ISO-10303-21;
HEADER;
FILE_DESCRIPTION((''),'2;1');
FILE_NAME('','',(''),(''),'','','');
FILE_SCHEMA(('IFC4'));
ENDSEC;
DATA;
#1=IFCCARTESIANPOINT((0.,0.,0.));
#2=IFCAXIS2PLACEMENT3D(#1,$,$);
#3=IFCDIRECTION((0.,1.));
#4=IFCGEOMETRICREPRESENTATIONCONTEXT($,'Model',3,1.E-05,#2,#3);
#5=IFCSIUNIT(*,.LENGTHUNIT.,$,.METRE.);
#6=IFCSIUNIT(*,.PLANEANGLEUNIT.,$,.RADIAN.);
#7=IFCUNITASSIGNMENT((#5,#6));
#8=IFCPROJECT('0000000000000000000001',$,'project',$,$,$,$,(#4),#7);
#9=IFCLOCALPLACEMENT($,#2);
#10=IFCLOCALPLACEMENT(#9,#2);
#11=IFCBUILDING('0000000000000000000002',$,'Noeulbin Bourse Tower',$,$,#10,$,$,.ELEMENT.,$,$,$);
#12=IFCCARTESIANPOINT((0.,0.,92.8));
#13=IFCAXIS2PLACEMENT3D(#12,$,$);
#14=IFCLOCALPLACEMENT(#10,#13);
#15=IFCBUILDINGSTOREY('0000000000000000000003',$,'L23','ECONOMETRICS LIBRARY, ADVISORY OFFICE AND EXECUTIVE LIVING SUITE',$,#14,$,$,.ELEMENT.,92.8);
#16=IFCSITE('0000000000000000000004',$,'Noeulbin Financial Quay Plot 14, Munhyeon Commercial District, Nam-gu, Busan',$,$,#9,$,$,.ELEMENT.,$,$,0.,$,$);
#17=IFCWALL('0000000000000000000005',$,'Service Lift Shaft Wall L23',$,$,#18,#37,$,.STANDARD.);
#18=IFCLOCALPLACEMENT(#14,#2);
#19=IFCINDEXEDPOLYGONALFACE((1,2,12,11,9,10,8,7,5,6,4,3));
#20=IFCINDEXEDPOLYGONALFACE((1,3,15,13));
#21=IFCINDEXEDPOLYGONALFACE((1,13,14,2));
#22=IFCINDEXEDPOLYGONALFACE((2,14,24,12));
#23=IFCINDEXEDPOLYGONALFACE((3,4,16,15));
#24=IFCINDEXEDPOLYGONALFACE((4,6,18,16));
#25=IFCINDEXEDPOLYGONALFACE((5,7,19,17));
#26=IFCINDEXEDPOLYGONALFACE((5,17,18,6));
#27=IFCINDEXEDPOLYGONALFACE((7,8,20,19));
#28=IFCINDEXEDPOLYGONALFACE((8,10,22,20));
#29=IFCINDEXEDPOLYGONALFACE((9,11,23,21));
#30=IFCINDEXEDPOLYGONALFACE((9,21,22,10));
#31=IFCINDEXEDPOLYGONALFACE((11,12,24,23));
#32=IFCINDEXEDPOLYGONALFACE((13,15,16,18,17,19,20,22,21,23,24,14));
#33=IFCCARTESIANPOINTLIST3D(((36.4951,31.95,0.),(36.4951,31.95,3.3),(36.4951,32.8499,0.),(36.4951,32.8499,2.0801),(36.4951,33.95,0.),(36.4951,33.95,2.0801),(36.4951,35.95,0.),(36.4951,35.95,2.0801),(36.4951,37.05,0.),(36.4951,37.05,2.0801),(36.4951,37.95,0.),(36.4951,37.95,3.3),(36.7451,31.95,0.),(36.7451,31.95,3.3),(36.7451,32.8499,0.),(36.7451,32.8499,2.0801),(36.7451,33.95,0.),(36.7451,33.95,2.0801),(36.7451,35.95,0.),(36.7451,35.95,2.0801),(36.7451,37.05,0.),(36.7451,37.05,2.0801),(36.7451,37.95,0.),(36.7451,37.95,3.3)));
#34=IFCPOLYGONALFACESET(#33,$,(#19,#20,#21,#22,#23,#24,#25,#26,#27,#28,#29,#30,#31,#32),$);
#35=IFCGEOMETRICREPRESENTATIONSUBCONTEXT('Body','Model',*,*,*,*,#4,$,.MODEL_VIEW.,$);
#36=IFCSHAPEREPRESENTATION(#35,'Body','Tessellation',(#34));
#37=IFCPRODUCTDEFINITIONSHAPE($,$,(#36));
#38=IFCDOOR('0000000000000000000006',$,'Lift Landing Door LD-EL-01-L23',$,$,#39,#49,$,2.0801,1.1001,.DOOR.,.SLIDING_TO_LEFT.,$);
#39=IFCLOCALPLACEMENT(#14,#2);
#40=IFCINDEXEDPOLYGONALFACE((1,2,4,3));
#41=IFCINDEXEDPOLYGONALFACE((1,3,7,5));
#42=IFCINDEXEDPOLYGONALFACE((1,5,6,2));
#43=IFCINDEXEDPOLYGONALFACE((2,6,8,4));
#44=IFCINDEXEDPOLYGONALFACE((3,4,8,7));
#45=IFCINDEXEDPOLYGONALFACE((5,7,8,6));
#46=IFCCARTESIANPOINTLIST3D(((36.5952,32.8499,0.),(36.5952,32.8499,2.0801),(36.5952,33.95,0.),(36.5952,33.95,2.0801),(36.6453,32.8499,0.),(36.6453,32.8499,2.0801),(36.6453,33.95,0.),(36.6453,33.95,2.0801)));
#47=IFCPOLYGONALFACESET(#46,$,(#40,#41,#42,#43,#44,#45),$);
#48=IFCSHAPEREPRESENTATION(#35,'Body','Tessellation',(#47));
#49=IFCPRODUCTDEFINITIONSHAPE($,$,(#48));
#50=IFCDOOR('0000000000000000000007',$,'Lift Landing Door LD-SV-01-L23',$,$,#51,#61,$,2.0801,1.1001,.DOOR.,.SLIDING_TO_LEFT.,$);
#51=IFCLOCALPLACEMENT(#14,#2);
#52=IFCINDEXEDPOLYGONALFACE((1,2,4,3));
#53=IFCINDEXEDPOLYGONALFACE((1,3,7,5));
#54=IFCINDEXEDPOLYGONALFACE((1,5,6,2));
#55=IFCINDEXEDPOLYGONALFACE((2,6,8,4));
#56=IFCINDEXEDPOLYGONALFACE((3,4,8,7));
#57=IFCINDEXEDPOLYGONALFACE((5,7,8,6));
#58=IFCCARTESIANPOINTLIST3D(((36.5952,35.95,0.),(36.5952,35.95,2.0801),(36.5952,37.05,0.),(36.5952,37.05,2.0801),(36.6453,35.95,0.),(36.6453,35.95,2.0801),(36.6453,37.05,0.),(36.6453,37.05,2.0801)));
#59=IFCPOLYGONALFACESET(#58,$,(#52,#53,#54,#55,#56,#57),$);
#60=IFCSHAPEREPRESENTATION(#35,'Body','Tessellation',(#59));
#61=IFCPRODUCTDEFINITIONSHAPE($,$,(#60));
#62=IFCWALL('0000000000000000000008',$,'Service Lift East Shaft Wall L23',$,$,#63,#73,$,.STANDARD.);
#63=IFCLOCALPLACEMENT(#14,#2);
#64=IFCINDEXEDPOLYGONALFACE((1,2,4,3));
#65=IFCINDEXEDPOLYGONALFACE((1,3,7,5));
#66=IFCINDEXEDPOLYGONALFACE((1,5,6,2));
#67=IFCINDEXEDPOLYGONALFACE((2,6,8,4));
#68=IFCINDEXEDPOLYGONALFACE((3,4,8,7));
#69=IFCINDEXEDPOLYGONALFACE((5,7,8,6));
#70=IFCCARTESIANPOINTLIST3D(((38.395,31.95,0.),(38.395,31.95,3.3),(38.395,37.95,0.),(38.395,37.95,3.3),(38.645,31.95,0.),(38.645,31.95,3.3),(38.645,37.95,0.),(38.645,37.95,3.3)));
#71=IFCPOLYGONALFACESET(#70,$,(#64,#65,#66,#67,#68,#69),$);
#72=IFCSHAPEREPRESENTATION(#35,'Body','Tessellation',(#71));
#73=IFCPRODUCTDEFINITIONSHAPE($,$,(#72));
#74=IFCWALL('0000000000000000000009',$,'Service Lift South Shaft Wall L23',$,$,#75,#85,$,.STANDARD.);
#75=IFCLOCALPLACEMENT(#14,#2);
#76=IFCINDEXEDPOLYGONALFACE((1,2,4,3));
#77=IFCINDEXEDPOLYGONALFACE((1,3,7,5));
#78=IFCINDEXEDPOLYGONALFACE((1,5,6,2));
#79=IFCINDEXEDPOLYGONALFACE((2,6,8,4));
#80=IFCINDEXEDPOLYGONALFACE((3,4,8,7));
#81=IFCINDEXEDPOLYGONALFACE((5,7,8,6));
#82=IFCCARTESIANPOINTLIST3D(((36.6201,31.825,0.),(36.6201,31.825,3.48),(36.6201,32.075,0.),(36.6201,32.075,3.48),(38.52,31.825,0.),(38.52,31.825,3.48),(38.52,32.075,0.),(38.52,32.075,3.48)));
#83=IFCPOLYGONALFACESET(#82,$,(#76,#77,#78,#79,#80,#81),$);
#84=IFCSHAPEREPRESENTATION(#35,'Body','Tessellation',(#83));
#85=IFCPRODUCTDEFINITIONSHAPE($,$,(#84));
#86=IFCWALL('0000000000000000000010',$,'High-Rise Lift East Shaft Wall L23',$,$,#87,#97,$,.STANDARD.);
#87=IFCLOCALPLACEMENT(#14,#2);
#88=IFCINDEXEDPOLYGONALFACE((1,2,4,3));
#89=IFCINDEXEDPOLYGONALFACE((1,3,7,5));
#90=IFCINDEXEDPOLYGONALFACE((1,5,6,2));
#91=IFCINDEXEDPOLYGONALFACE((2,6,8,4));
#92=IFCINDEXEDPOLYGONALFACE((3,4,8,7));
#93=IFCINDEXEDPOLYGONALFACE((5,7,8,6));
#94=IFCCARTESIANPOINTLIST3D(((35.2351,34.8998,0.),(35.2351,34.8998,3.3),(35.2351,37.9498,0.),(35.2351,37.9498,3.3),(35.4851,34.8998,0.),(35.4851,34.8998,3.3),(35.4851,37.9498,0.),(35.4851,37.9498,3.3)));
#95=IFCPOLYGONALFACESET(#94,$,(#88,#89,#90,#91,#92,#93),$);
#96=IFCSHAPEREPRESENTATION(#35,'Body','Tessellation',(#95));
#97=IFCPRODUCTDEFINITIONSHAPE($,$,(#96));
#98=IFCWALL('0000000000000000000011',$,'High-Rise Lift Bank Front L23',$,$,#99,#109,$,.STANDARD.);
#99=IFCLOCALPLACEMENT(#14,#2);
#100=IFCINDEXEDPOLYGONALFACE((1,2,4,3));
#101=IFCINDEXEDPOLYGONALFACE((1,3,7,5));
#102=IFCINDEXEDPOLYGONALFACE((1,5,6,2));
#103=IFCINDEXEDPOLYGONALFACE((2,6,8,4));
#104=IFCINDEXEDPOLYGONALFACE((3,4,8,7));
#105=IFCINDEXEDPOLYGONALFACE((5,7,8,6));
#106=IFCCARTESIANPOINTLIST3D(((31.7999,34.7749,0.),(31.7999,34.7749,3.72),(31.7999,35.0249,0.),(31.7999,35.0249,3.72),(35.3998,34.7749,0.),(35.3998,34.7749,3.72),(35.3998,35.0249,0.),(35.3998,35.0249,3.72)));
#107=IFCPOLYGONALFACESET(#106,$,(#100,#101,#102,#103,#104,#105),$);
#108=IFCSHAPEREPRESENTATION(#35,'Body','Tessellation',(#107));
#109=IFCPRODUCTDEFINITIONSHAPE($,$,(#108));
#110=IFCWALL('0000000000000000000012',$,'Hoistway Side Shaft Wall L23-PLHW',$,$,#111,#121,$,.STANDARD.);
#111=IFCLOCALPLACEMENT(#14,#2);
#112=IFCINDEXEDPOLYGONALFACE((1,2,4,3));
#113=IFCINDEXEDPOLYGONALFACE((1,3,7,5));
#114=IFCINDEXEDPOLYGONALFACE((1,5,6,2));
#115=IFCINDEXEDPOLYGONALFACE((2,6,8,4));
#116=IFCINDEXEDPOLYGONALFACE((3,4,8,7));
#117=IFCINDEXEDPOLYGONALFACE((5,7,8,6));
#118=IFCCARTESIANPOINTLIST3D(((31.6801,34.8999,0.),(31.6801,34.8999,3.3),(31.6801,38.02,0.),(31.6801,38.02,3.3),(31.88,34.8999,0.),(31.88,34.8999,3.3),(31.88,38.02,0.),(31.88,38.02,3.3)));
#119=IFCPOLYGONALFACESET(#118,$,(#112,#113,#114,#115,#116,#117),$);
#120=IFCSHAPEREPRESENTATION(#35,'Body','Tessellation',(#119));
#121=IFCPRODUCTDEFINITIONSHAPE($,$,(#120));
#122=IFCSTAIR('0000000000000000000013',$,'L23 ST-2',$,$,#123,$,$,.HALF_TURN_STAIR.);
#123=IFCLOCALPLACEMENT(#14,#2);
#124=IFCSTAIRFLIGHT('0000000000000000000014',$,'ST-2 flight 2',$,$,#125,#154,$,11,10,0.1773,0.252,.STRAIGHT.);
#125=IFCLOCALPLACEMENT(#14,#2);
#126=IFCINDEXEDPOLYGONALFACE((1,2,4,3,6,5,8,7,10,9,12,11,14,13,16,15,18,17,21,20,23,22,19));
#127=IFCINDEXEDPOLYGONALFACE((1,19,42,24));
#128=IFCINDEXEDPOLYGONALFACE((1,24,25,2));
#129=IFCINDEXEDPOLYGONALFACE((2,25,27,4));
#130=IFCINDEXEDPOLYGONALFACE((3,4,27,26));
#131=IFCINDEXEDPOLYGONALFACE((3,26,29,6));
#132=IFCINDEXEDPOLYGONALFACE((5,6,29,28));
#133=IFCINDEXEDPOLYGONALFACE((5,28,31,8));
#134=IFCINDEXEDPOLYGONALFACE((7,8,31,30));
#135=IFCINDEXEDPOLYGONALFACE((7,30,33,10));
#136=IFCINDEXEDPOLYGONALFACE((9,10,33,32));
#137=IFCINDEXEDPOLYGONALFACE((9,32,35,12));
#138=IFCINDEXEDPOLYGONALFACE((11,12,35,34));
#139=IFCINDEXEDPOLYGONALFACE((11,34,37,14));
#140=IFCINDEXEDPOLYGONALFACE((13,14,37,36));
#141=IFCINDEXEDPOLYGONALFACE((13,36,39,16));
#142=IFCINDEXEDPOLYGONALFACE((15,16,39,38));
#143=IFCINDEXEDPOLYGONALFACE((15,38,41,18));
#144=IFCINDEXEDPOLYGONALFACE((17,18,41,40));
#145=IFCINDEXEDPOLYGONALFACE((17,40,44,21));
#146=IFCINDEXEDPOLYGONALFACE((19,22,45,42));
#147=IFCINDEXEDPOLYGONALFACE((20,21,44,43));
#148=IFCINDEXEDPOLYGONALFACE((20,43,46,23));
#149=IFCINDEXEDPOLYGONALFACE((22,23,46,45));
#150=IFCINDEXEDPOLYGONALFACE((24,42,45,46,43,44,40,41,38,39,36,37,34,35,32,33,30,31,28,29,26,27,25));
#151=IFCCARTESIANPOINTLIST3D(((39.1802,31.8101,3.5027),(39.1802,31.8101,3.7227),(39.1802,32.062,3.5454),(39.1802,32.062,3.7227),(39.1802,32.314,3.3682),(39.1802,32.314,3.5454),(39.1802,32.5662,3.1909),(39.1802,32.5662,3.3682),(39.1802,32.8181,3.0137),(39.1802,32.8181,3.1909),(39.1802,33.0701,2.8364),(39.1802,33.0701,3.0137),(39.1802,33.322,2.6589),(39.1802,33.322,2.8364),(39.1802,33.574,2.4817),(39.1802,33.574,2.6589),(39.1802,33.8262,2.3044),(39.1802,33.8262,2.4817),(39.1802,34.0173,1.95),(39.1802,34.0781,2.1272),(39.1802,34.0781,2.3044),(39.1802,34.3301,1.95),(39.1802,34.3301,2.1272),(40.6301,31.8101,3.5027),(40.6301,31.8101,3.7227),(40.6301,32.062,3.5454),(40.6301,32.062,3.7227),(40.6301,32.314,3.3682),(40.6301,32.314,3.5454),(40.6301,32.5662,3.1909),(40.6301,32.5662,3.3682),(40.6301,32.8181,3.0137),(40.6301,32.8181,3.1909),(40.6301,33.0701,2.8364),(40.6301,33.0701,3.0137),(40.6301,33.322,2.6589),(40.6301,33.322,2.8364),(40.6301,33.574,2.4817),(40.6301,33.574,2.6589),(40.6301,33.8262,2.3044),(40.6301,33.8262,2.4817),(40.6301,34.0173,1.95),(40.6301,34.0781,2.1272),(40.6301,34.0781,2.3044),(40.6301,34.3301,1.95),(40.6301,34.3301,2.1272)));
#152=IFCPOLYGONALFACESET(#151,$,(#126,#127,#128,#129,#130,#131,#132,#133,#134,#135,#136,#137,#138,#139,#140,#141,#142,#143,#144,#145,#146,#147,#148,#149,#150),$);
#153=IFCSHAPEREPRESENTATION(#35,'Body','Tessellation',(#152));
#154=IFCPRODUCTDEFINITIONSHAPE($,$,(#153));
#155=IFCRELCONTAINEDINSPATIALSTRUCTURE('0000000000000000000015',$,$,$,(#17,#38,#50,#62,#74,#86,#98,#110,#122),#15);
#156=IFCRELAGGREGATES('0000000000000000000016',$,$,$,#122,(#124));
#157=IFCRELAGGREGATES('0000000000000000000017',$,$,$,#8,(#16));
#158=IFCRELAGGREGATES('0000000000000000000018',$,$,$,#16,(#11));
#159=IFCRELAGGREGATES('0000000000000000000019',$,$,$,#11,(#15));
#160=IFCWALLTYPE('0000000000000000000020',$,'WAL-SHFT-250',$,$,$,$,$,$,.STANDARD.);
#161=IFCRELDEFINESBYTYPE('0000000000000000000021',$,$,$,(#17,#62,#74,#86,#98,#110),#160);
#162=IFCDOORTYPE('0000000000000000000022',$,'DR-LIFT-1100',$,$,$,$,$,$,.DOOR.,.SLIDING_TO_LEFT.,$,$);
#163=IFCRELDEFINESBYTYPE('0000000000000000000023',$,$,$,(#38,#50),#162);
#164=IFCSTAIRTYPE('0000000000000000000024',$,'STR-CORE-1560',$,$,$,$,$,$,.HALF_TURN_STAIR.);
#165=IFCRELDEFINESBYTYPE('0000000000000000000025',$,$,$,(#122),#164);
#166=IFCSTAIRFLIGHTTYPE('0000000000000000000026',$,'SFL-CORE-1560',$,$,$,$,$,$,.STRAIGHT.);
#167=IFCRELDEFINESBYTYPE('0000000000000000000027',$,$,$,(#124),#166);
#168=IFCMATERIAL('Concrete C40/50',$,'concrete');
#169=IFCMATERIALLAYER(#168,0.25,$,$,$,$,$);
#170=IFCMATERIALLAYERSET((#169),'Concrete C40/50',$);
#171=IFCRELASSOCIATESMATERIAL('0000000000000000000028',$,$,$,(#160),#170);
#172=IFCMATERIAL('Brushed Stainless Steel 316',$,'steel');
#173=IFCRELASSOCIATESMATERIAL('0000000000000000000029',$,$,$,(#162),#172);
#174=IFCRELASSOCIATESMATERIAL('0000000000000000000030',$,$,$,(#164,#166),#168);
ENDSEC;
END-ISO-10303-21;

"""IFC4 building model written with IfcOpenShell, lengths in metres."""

from ifc_helpers import new_model, si_unit, direction, frame, frame_2d, origin, place, context, subcontext, project, spatial, polyline, rectangle, outline, extrude, material, layer, layer_set, type_object, element, fill, aggregate, save


model = new_model("IFC4")

# Units and contexts
model_context = context("Model", 3, precision=1e-05, world=origin(), true_north=direction((0.0, 1.0)))
body_context = subcontext(model_context, "Body", "Model", "MODEL_VIEW")
ifc_project = project(units=[si_unit("LENGTHUNIT", "METRE"), si_unit("PLANEANGLEUNIT", "RADIAN")], contexts=[model_context])

# Site, building, storey
site_placement = place(None, origin())
site = spatial("IfcSite", under=ifc_project, at=site_placement, Name="Noeulbin Financial Quay Plot 14, Munhyeon Commercial District, Nam-gu, Busan", CompositionType="ELEMENT", RefElevation=0.0)
building_placement = place(site_placement, origin())
building = spatial("IfcBuilding", under=site, at=building_placement, Name="Noeulbin Bourse Tower", CompositionType="ELEMENT")
storey_placement = place(building_placement, frame((0.0, 0.0, 92.8)))
storey = spatial("IfcBuildingStorey", under=building, at=storey_placement, Name="L23", Description="ECONOMETRICS LIBRARY, ADVISORY OFFICE AND EXECUTIVE LIVING SUITE", CompositionType="ELEMENT", Elevation=92.8)

# Shared definitions
ifc_material_1 = material(Name="Concrete C40/50", Category="concrete")

# Shared definitions
ifc_layer_1 = layer(ifc_material_1, 0.25)
ifc_layer_set_1 = layer_set([ifc_layer_1], Name="Concrete C40/50")
wall_type_1 = type_object("IfcWallType", Name="WAL-SHFT-250", PredefinedType="STANDARD", material=ifc_layer_set_1)

# Wall, openings, doors
wall_1_placement = place(storey_placement, frame((36.6201, 31.95, 0.0), z_axis=(0.0, 0.0, 1.0), x_axis=(0.0, 1.0, 0.0)))
wall_1 = element("IfcWall", 1, at=wall_1_placement, inside=storey, type_object=wall_type_1, Name="Service Lift Shaft Wall L23", PredefinedType="STANDARD", context=body_context, shape_type="SweptSolid", body=[
    extrude(rectangle(XDim=6.0, YDim=0.25, at=frame_2d((3.0, 0.0))), origin(), (0.0, 0.0, 1.0), 3.3),
])
opening_1_placement = place(wall_1_placement, frame((0.8999, 0.0, 0.0)))
opening_1 = element("IfcOpeningElement", 2, at=opening_1_placement, cuts=wall_1, PredefinedType="OPENING", context=body_context, shape_type="SweptSolid", body=[
    extrude(rectangle(XDim=1.1001, YDim=2.0801, at=frame_2d((0.55, 1.04))), frame((0.0, 0.135, 0.0), z_axis=(0.0, -1.0, 0.0), x_axis=(1.0, 0.0, 0.0)), (0.0, 0.0, 1.0), 0.27),
])
opening_2_placement = place(wall_1_placement, frame((4.0, 0.0, 0.0)))
opening_2 = element("IfcOpeningElement", 3, at=opening_2_placement, cuts=wall_1, PredefinedType="OPENING", context=body_context, shape_type="SweptSolid", body=[
    extrude(rectangle(XDim=1.1001, YDim=2.0801, at=frame_2d((0.55, 1.04))), frame((0.0, 0.135, 0.0), z_axis=(0.0, -1.0, 0.0), x_axis=(1.0, 0.0, 0.0)), (0.0, 0.0, 1.0), 0.27),
])
ifc_material_2 = material(Name="Brushed Stainless Steel 316", Category="steel")
door_type_1 = type_object("IfcDoorType", Name="DR-LIFT-1100", OperationType="SLIDING_TO_LEFT", PredefinedType="DOOR", material=ifc_material_2)
door_1_placement = place(opening_1_placement, origin())
door_1 = element("IfcDoor", 4, at=door_1_placement, inside=storey, type_object=door_type_1, Name="Lift Landing Door LD-EL-01-L23", OperationType="SLIDING_TO_LEFT", OverallHeight=2.0801, OverallWidth=1.1001, PredefinedType="DOOR", context=body_context, shape_type="SweptSolid", body=[
    extrude(rectangle(XDim=1.1001, YDim=2.0801, at=frame_2d((0.55, 1.04))), frame((0.0, 0.0249, 0.0), z_axis=(0.0, -1.0, 0.0), x_axis=(1.0, 0.0, 0.0)), (0.0, 0.0, 1.0), 0.05),
])
fill(opening_1, door_1)
door_2_placement = place(opening_2_placement, origin())
door_2 = element("IfcDoor", 5, at=door_2_placement, inside=storey, type_object=door_type_1, Name="Lift Landing Door LD-SV-01-L23", OperationType="SLIDING_TO_LEFT", OverallHeight=2.0801, OverallWidth=1.1001, PredefinedType="DOOR", context=body_context, shape_type="SweptSolid", body=[
    extrude(rectangle(XDim=1.1001, YDim=2.0801, at=frame_2d((0.55, 1.04))), frame((0.0, 0.0249, 0.0), z_axis=(0.0, -1.0, 0.0), x_axis=(1.0, 0.0, 0.0)), (0.0, 0.0, 1.0), 0.05),
])
fill(opening_2, door_2)

# Walls
wall_2_placement = place(storey_placement, frame((38.52, 31.95, 0.0), z_axis=(0.0, 0.0, 1.0), x_axis=(0.0, 1.0, 0.0)))
element("IfcWall", 6, at=wall_2_placement, inside=storey, type_object=wall_type_1, Name="Service Lift East Shaft Wall L23", PredefinedType="STANDARD", context=body_context, shape_type="SweptSolid", body=[
    extrude(rectangle(XDim=6.0, YDim=0.25, at=frame_2d((3.0, 0.0))), origin(), (0.0, 0.0, 1.0), 3.3),
])
wall_3_placement = place(storey_placement, frame((36.6201, 31.95, 0.0), z_axis=(0.0, 0.0, 1.0), x_axis=(1.0, 0.0, 0.0)))
element("IfcWall", 7, at=wall_3_placement, inside=storey, type_object=wall_type_1, Name="Service Lift South Shaft Wall L23", PredefinedType="STANDARD", context=body_context, shape_type="SweptSolid", body=[
    extrude(rectangle(XDim=1.8999, YDim=0.25, at=frame_2d((0.95, 0.0))), origin(), (0.0, 0.0, 1.0), 3.48),
])
wall_4_placement = place(storey_placement, frame((35.3601, 34.8999, 0.0), z_axis=(0.0, 0.0, 1.0), x_axis=(0.0, 1.0, 0.0)))
element("IfcWall", 8, at=wall_4_placement, inside=storey, type_object=wall_type_1, Name="High-Rise Lift East Shaft Wall L23", PredefinedType="STANDARD", context=body_context, shape_type="SweptSolid", body=[
    extrude(rectangle(XDim=3.05, YDim=0.25, at=frame_2d((1.5249, 0.0))), origin(), (0.0, 0.0, 1.0), 3.3),
])
wall_5_placement = place(storey_placement, frame((31.8, 34.8999, 0.0), z_axis=(0.0, 0.0, 1.0), x_axis=(1.0, 0.0, 0.0)))
element("IfcWall", 9, at=wall_5_placement, inside=storey, type_object=wall_type_1, Name="High-Rise Lift Bank Front L23", PredefinedType="STANDARD", context=body_context, shape_type="SweptSolid", body=[
    extrude(rectangle(XDim=3.5999, YDim=0.25, at=frame_2d((1.7998, 0.0))), origin(), (0.0, 0.0, 1.0), 3.72),
])
wall_6_placement = place(storey_placement, frame((31.78, 34.8999, 0.0), z_axis=(0.0, 0.0, 1.0), x_axis=(0.0, 1.0, 0.0)))
element("IfcWall", 10, at=wall_6_placement, inside=storey, type_object=wall_type_1, Name="Hoistway Side Shaft Wall L23-PLHW", PredefinedType="STANDARD", context=body_context, shape_type="SweptSolid", body=[
    extrude(rectangle(XDim=3.1201, YDim=0.2, at=frame_2d((1.5601, 0.0))), origin(), (0.0, 0.0, 1.0), 3.3),
])

# Stair, stair flight
stair_type = type_object("IfcStairType", Name="STR-CORE-1560", PredefinedType="HALF_TURN_STAIR", material=ifc_material_1)
stair_placement = place(storey_placement, origin())
stair = element("IfcStair", 11, at=stair_placement, inside=storey, type_object=stair_type, Name="L23 ST-2", PredefinedType="HALF_TURN_STAIR")
stair_flight_type = type_object("IfcStairFlightType", Name="SFL-CORE-1560", PredefinedType="STRAIGHT", material=ifc_material_1)
stair_flight_placement = place(storey_placement, frame((39.905, 34.3301, 1.95), z_axis=(0.0, 0.0, 1.0), x_axis=(0.0, -1.0, 0.0)))
stair_flight = element("IfcStairFlight", 12, at=stair_flight_placement, type_object=stair_flight_type, Name="ST-2 flight 2", NumberOfRisers=11, NumberOfTreads=10, PredefinedType="STRAIGHT", RiserHeight=0.1773, TreadLength=0.252, context=body_context, shape_type="SweptSolid", body=[
    extrude(outline(polyline([(0.0, 0.0), (0.0, 0.1772), (0.252, 0.1772), (0.252, 0.3545), (0.5039, 0.3545), (0.5039, 0.5317), (0.7561, 0.5317), (0.7561, 0.709), (1.0081, 0.709), (1.0081, 0.8865), (1.26, 0.8865), (1.26, 1.0637), (1.512, 1.0637), (1.512, 1.241), (1.7639, 1.241), (1.7639, 1.4182), (2.0161, 1.4182), (2.0161, 1.5955), (2.2681, 1.5955), (2.2681, 1.7727), (2.52, 1.7727), (2.52, 1.95), (2.52, 1.5527), (0.3127, 0.0), (0.0, 0.0)])), frame((0.0, 0.7251, 0.0), z_axis=(0.0, -1.0, 0.0), x_axis=(1.0, 0.0, 0.0)), (0.0, 0.0, 1.0), 1.45),
])
aggregate(stair, [stair_flight])

save(model, "model.ifc")
